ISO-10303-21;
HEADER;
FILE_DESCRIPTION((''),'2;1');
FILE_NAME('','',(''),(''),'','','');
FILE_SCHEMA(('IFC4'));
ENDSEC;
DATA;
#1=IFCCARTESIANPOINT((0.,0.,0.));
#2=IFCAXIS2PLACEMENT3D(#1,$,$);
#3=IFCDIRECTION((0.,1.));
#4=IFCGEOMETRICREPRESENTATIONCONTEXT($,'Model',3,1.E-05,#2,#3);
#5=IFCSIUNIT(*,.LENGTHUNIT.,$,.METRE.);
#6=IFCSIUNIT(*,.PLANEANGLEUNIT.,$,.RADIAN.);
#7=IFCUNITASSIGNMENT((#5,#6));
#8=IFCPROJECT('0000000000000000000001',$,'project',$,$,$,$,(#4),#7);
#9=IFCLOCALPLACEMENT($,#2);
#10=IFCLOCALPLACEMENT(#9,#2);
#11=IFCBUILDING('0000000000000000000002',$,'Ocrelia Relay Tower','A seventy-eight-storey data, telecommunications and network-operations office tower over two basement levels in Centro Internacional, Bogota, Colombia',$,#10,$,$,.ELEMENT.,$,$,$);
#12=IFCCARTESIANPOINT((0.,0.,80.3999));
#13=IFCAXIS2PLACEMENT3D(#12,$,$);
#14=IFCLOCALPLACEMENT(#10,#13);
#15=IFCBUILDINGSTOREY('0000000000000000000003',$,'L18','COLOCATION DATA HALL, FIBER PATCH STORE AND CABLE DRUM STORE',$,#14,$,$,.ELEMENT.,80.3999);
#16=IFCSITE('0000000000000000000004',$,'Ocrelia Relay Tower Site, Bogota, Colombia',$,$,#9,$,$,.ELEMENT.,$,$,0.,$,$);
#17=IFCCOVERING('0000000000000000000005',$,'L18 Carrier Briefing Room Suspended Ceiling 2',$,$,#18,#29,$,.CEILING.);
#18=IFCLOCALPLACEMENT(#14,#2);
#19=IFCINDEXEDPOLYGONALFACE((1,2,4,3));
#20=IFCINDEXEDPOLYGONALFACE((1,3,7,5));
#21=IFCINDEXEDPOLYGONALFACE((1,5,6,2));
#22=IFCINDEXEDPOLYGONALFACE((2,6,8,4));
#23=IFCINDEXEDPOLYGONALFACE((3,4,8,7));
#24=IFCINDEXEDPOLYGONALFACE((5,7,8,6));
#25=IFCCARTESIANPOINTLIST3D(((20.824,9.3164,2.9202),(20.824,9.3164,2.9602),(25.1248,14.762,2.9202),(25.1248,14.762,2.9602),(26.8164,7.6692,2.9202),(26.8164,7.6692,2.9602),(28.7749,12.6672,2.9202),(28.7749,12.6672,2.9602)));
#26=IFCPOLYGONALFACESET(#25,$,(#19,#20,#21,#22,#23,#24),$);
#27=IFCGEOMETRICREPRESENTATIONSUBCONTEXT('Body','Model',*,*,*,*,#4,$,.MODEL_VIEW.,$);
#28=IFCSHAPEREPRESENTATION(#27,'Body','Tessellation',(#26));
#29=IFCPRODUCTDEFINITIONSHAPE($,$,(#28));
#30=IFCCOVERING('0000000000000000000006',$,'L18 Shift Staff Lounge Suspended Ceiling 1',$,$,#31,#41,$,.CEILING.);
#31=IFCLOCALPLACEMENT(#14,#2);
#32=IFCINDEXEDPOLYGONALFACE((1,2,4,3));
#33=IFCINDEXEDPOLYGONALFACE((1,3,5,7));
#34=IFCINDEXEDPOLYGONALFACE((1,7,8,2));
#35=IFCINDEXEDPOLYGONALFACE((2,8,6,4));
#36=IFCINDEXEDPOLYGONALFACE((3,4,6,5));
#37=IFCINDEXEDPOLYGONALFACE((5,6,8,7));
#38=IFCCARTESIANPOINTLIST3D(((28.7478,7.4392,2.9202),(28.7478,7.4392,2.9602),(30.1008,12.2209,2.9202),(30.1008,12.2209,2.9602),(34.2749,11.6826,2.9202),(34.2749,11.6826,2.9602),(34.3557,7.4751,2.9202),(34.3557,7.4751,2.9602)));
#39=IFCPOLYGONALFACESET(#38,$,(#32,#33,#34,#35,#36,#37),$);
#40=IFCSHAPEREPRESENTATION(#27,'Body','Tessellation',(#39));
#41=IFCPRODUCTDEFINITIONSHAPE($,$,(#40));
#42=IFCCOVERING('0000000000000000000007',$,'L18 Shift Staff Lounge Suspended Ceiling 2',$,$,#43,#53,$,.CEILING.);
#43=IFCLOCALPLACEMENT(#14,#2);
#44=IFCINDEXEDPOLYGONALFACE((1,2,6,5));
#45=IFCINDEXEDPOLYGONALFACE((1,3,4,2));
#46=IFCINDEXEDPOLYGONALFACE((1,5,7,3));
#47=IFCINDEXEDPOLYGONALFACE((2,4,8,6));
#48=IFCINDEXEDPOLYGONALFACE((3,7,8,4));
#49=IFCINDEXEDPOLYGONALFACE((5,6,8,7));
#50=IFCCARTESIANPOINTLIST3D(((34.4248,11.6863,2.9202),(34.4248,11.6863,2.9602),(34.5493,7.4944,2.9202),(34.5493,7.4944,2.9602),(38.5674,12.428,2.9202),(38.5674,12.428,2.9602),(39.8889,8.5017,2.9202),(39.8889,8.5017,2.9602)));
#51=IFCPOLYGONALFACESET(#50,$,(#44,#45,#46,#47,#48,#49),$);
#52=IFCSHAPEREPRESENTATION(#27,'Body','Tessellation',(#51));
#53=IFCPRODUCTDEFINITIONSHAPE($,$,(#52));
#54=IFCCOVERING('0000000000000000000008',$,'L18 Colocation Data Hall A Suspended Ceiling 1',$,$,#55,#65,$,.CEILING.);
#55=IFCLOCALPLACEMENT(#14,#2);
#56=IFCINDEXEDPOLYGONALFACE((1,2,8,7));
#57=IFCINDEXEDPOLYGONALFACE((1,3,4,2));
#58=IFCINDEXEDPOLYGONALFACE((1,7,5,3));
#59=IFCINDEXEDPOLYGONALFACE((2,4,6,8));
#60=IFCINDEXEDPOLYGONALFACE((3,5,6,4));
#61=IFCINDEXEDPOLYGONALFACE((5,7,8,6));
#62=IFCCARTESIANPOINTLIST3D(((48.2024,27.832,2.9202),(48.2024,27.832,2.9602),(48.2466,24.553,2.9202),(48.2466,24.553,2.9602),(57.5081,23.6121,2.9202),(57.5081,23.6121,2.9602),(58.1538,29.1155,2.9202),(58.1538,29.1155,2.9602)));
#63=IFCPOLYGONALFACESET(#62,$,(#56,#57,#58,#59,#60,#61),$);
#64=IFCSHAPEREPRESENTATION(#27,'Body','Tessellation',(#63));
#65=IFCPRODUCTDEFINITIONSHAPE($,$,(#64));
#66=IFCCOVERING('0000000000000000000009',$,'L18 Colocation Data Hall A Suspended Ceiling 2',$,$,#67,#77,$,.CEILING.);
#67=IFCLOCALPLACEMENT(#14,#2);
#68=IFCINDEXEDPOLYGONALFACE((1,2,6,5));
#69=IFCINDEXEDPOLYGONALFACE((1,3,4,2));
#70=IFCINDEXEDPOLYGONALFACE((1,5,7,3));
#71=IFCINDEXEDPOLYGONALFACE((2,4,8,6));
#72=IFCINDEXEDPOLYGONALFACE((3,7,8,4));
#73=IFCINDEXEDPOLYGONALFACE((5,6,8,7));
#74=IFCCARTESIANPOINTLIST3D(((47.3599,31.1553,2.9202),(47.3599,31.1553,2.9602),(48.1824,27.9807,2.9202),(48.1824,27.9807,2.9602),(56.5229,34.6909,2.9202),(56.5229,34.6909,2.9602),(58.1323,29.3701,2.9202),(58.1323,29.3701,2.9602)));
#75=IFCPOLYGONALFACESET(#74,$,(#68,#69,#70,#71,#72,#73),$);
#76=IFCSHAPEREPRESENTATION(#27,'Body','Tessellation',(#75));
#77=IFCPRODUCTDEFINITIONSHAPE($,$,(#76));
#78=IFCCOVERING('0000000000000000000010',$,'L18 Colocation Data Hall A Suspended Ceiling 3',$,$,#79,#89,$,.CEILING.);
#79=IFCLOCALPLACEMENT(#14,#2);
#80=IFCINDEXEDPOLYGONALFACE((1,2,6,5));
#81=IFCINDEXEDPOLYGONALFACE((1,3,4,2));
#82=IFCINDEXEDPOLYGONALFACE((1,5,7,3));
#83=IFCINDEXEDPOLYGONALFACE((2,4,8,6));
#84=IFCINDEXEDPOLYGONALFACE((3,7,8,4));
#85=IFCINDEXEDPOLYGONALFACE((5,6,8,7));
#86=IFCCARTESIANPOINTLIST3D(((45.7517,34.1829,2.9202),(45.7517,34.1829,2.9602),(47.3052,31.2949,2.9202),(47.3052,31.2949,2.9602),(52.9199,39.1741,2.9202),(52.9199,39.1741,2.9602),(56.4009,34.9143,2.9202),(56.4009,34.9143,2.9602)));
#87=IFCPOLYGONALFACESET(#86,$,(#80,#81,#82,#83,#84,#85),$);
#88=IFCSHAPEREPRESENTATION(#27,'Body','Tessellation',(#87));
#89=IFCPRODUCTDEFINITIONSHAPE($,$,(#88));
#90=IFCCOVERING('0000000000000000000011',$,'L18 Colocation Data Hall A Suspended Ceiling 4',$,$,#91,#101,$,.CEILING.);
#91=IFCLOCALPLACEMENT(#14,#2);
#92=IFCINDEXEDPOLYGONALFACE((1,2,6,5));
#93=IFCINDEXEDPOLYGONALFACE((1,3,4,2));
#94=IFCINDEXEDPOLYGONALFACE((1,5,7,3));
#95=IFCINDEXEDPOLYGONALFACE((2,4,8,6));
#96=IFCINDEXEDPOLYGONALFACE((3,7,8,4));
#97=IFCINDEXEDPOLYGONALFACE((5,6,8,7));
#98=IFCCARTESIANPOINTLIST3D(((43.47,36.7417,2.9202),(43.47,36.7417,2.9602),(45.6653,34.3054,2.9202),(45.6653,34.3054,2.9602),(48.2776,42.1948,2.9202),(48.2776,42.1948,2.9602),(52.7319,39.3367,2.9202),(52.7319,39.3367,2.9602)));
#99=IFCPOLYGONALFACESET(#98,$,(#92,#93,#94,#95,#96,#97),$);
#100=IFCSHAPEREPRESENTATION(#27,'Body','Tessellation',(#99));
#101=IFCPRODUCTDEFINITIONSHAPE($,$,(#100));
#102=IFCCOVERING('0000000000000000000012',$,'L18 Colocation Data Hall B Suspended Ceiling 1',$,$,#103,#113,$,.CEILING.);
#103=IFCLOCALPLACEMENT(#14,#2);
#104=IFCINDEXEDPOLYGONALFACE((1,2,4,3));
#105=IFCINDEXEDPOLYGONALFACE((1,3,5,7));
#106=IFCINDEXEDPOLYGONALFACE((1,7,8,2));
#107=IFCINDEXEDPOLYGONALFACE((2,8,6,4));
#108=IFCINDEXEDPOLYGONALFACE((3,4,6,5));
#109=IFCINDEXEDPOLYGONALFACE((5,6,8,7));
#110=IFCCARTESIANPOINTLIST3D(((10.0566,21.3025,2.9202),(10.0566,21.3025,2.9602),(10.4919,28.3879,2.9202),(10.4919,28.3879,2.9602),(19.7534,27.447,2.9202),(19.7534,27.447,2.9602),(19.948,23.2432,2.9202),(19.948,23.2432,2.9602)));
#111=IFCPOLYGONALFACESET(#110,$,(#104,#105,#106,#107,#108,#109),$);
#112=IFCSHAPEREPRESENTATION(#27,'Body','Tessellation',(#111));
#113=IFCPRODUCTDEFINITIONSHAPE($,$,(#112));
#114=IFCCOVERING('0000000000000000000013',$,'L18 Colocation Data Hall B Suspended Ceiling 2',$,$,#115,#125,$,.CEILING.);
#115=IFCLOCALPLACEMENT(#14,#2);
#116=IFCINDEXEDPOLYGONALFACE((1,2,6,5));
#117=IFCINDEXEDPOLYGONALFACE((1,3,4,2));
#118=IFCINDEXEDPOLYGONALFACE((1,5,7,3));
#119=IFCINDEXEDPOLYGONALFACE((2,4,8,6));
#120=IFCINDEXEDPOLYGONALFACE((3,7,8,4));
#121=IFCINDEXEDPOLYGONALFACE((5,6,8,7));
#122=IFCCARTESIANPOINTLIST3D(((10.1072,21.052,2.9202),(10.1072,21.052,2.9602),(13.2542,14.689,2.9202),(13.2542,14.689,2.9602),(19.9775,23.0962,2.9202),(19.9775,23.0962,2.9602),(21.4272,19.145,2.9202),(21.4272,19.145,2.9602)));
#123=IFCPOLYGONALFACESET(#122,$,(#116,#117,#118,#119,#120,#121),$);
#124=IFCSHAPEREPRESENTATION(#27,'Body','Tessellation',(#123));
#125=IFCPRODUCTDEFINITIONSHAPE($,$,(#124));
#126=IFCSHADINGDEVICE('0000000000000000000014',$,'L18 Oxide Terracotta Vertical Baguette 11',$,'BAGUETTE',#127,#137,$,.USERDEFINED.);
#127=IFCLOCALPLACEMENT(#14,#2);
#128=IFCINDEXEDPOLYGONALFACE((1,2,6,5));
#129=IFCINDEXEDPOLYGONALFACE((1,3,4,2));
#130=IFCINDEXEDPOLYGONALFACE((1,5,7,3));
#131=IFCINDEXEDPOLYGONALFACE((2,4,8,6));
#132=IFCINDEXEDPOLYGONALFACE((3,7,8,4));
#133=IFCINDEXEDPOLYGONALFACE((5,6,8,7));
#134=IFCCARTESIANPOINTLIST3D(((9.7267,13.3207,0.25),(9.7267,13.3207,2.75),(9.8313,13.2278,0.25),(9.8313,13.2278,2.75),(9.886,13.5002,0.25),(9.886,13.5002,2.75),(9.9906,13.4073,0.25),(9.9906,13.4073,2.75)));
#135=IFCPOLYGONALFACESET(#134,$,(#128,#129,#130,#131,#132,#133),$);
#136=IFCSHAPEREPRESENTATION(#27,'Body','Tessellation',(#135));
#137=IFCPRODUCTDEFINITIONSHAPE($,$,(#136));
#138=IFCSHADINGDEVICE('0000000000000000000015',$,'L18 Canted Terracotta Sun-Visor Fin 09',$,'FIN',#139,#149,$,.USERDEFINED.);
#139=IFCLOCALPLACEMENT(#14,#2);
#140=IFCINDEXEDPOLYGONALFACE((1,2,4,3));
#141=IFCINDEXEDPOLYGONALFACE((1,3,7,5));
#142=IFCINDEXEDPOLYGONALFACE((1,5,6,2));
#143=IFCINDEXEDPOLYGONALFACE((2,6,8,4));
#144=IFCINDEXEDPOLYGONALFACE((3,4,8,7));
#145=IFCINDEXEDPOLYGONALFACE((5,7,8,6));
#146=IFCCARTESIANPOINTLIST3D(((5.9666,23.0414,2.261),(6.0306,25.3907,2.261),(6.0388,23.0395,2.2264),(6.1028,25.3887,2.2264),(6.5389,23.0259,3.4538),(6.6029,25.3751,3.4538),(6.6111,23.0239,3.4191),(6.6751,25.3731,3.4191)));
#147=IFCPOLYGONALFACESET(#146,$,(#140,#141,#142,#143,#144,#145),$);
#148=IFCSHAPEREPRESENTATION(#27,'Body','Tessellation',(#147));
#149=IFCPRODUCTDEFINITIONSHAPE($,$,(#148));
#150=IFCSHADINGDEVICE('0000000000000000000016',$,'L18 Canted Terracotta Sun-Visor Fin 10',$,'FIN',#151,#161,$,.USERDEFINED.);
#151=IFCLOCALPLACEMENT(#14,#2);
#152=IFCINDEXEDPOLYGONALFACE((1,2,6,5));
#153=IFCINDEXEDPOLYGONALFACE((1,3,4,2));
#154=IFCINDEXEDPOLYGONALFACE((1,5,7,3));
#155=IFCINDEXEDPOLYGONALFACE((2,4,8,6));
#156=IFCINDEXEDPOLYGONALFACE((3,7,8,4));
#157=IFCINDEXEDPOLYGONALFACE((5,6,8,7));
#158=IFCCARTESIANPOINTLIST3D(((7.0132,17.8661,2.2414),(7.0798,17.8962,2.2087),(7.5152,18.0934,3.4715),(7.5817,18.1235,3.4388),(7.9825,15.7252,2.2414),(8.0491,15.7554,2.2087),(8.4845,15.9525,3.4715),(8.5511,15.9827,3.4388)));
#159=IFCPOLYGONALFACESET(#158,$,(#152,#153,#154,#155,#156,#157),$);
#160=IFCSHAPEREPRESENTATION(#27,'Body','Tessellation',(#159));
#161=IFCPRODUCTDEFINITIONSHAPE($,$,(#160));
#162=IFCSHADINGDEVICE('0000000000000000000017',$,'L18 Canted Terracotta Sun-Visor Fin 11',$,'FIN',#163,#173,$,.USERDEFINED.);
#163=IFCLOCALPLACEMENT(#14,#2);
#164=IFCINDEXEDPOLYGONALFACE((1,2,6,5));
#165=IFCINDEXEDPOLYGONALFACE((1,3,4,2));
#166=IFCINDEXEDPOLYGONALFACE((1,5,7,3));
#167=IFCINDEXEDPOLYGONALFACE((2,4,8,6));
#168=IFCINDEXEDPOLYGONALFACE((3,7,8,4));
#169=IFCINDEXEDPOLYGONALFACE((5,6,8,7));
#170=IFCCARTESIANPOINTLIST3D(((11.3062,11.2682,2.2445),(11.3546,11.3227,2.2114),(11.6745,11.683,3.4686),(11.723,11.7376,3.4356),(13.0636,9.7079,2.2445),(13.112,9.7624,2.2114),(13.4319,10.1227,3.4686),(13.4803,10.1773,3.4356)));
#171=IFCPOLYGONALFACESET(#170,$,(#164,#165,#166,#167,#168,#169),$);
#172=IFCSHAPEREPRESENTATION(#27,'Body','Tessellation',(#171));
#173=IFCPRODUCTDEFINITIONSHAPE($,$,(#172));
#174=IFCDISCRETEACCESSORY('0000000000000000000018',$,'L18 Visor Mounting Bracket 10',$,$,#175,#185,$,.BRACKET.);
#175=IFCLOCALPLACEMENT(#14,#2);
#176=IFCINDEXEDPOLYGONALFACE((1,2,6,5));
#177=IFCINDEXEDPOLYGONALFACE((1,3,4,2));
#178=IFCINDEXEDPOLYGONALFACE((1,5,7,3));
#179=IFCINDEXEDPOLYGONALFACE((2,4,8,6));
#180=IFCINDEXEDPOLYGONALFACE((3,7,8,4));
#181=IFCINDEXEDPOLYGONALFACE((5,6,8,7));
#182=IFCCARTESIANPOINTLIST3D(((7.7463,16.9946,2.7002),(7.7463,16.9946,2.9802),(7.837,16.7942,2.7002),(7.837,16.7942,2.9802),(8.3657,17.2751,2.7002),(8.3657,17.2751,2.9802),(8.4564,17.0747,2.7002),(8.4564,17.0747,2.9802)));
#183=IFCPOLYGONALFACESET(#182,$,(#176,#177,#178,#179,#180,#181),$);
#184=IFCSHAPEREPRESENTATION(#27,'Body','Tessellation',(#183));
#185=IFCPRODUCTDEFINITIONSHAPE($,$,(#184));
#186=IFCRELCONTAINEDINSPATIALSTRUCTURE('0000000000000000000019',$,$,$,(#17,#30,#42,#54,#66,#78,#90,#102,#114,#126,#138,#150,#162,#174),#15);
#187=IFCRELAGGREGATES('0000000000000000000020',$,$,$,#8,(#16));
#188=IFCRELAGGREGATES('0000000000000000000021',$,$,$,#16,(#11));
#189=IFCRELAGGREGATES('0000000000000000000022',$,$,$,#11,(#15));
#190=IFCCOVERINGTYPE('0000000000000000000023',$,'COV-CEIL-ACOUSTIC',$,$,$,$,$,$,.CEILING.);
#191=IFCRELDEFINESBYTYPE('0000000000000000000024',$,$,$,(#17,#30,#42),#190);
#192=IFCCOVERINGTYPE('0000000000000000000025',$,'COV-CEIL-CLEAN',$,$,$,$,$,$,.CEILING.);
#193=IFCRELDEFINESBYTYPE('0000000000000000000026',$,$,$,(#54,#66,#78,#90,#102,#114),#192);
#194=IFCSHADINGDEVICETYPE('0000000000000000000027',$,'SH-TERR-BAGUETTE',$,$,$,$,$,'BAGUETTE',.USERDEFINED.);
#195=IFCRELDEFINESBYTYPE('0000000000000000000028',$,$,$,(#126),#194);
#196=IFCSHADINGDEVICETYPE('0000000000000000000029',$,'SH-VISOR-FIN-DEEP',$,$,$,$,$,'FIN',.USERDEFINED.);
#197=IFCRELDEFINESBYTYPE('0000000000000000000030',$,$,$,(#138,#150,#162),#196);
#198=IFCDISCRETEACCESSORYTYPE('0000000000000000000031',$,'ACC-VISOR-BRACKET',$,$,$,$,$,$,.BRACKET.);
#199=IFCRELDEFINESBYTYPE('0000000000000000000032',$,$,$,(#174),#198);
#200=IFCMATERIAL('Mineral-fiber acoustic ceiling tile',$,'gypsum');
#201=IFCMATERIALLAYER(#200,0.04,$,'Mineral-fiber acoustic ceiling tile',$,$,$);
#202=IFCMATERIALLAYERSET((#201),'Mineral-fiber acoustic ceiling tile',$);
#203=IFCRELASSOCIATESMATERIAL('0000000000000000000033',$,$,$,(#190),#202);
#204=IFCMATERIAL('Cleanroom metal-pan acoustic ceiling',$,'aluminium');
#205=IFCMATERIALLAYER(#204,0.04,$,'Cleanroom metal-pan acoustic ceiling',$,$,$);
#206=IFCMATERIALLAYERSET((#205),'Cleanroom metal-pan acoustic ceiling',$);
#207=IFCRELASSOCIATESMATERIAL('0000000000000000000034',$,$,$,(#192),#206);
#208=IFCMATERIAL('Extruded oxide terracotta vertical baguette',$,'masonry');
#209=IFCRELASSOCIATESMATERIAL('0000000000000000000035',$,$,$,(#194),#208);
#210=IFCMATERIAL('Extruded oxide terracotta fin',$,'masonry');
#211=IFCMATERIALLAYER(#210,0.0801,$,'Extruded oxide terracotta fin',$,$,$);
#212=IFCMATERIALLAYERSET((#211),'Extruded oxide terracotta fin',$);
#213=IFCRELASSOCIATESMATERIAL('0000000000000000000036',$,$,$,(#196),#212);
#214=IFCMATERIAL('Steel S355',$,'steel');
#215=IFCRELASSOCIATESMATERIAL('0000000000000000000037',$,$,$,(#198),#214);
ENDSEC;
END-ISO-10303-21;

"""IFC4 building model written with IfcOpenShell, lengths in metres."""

from ifc_helpers import new_model, si_unit, direction, frame, origin, origin_2d, place, context, subcontext, project, spatial, polyline, rectangle, outline, extrude, material, layer, layer_set, type_object, element, save


model = new_model("IFC4")

# Units and contexts
model_context = context("Model", 3, precision=1e-05, world=origin(), true_north=direction((0.0, 1.0)))
body_context = subcontext(model_context, "Body", "Model", "MODEL_VIEW")
ifc_project = project(units=[si_unit("LENGTHUNIT", "METRE"), si_unit("PLANEANGLEUNIT", "RADIAN")], contexts=[model_context])

# Site, building, storey
site_placement = place(None, origin())
site = spatial("IfcSite", under=ifc_project, at=site_placement, Name="Ocrelia Relay Tower Site, Bogota, Colombia", CompositionType="ELEMENT", RefElevation=0.0)
building_placement = place(site_placement, origin())
building = spatial("IfcBuilding", under=site, at=building_placement, Name="Ocrelia Relay Tower", Description="A seventy-eight-storey data, telecommunications and network-operations office tower over two basement levels in Centro Internacional, Bogota, Colombia", CompositionType="ELEMENT")
storey_placement = place(building_placement, frame((0.0, 0.0, 80.3999)))
storey = spatial("IfcBuildingStorey", under=building, at=storey_placement, Name="L18", Description="COLOCATION DATA HALL, FIBER PATCH STORE AND CABLE DRUM STORE", CompositionType="ELEMENT", Elevation=80.3999)

# Coverings
ifc_material_1 = material(Name="Mineral-fiber acoustic ceiling tile", Category="gypsum")
ifc_layer_1 = layer(ifc_material_1, 0.04, Name="Mineral-fiber acoustic ceiling tile")
ifc_layer_set_1 = layer_set([ifc_layer_1], Name="Mineral-fiber acoustic ceiling tile")
covering_type_1 = type_object("IfcCoveringType", Name="COV-CEIL-ACOUSTIC", PredefinedType="CEILING", material=ifc_layer_set_1)
covering_1_placement = place(storey_placement, frame((0.0, 0.0, 2.9202)))
element("IfcCovering", 1, at=covering_1_placement, inside=storey, type_object=covering_type_1, Name="L18 Carrier Briefing Room Suspended Ceiling 2", PredefinedType="CEILING", context=body_context, shape_type="SweptSolid", body=[
    extrude(outline(polyline([(25.1248, 14.762), (20.824, 9.3164), (26.8164, 7.6692), (28.7749, 12.6672), (25.1248, 14.762)])), origin(), (0.0, 0.0, 1.0), 0.04),
])
covering_2_placement = place(storey_placement, frame((0.0, 0.0, 2.9202)))
element("IfcCovering", 2, at=covering_2_placement, inside=storey, type_object=covering_type_1, Name="L18 Shift Staff Lounge Suspended Ceiling 1", PredefinedType="CEILING", context=body_context, shape_type="SweptSolid", body=[
    extrude(outline(polyline([(30.1008, 12.2209), (28.7478, 7.4392), (34.3557, 7.4751), (34.2749, 11.6826), (30.1008, 12.2209)])), origin(), (0.0, 0.0, 1.0), 0.04),
])
covering_3_placement = place(storey_placement, frame((0.0, 0.0, 2.9202)))
element("IfcCovering", 3, at=covering_3_placement, inside=storey, type_object=covering_type_1, Name="L18 Shift Staff Lounge Suspended Ceiling 2", PredefinedType="CEILING", context=body_context, shape_type="SweptSolid", body=[
    extrude(outline(polyline([(34.4248, 11.6863), (34.5493, 7.4944), (39.8889, 8.5017), (38.5674, 12.428), (34.4248, 11.6863)])), origin(), (0.0, 0.0, 1.0), 0.04),
])
ifc_material_2 = material(Name="Cleanroom metal-pan acoustic ceiling", Category="aluminium")
ifc_layer_2 = layer(ifc_material_2, 0.04, Name="Cleanroom metal-pan acoustic ceiling")
ifc_layer_set_2 = layer_set([ifc_layer_2], Name="Cleanroom metal-pan acoustic ceiling")
covering_type_2 = type_object("IfcCoveringType", Name="COV-CEIL-CLEAN", PredefinedType="CEILING", material=ifc_layer_set_2)
covering_4_placement = place(storey_placement, frame((0.0, 0.0, 2.9202)))
element("IfcCovering", 4, at=covering_4_placement, inside=storey, type_object=covering_type_2, Name="L18 Colocation Data Hall A Suspended Ceiling 1", PredefinedType="CEILING", context=body_context, shape_type="SweptSolid", body=[
    extrude(outline(polyline([(48.2466, 24.553), (57.5081, 23.6121), (58.1538, 29.1155), (48.2024, 27.832), (48.2466, 24.553)])), origin(), (0.0, 0.0, 1.0), 0.04),
])
covering_5_placement = place(storey_placement, frame((0.0, 0.0, 2.9202)))
element("IfcCovering", 5, at=covering_5_placement, inside=storey, type_object=covering_type_2, Name="L18 Colocation Data Hall A Suspended Ceiling 2", PredefinedType="CEILING", context=body_context, shape_type="SweptSolid", body=[
    extrude(outline(polyline([(48.1824, 27.9807), (58.1323, 29.3701), (56.5229, 34.6909), (47.3599, 31.1553), (48.1824, 27.9807)])), origin(), (0.0, 0.0, 1.0), 0.04),
])
covering_6_placement = place(storey_placement, frame((0.0, 0.0, 2.9202)))
element("IfcCovering", 6, at=covering_6_placement, inside=storey, type_object=covering_type_2, Name="L18 Colocation Data Hall A Suspended Ceiling 3", PredefinedType="CEILING", context=body_context, shape_type="SweptSolid", body=[
    extrude(outline(polyline([(47.3052, 31.2949), (56.4009, 34.9143), (52.9199, 39.1741), (45.7517, 34.1829), (47.3052, 31.2949)])), origin(), (0.0, 0.0, 1.0), 0.04),
])
covering_7_placement = place(storey_placement, frame((0.0, 0.0, 2.9202)))
element("IfcCovering", 7, at=covering_7_placement, inside=storey, type_object=covering_type_2, Name="L18 Colocation Data Hall A Suspended Ceiling 4", PredefinedType="CEILING", context=body_context, shape_type="SweptSolid", body=[
    extrude(outline(polyline([(45.6653, 34.3054), (52.7319, 39.3367), (48.2776, 42.1948), (43.47, 36.7417), (45.6653, 34.3054)])), origin(), (0.0, 0.0, 1.0), 0.04),
])
covering_8_placement = place(storey_placement, frame((0.0, 0.0, 2.9202)))
element("IfcCovering", 8, at=covering_8_placement, inside=storey, type_object=covering_type_2, Name="L18 Colocation Data Hall B Suspended Ceiling 1", PredefinedType="CEILING", context=body_context, shape_type="SweptSolid", body=[
    extrude(outline(polyline([(19.7534, 27.447), (10.4919, 28.3879), (10.0566, 21.3025), (19.948, 23.2432), (19.7534, 27.447)])), origin(), (0.0, 0.0, 1.0), 0.04),
])
covering_9_placement = place(storey_placement, frame((0.0, 0.0, 2.9202)))
element("IfcCovering", 9, at=covering_9_placement, inside=storey, type_object=covering_type_2, Name="L18 Colocation Data Hall B Suspended Ceiling 2", PredefinedType="CEILING", context=body_context, shape_type="SweptSolid", body=[
    extrude(outline(polyline([(19.9775, 23.0962), (10.1072, 21.052), (13.2542, 14.689), (21.4272, 19.145), (19.9775, 23.0962)])), origin(), (0.0, 0.0, 1.0), 0.04),
])

# Shading devices
ifc_material_3 = material(Name="Extruded oxide terracotta vertical baguette", Category="masonry")
shading_device_type_1 = type_object("IfcShadingDeviceType", Name="SH-TERR-BAGUETTE", ElementType="BAGUETTE", PredefinedType="USERDEFINED", material=ifc_material_3)
shading_device_1_placement = place(storey_placement, frame((9.8586, 13.364, 0.25), z_axis=(0.0, 0.0, 1.0), x_axis=(0.747787, -0.663938, 0.0)))
element("IfcShadingDevice", 10, at=shading_device_1_placement, inside=storey, type_object=shading_device_type_1, Name="L18 Oxide Terracotta Vertical Baguette 11", ObjectType="BAGUETTE", PredefinedType="USERDEFINED", context=body_context, shape_type="SweptSolid", body=[
    extrude(rectangle(XDim=0.1399, YDim=0.24, at=origin_2d()), origin(), (0.0, 0.0, 1.0), 2.5),
])
ifc_material_4 = material(Name="Extruded oxide terracotta fin", Category="masonry")
ifc_layer_3 = layer(ifc_material_4, 0.0801, Name="Extruded oxide terracotta fin")
ifc_layer_set_3 = layer_set([ifc_layer_3], Name="Extruded oxide terracotta fin")
shading_device_type_2 = type_object("IfcShadingDeviceType", Name="SH-VISOR-FIN-DEEP", ElementType="FIN", PredefinedType="USERDEFINED", material=ifc_layer_set_3)
shading_device_2_placement = place(storey_placement, frame((6.3569, 24.2063, 2.8228), z_axis=(-0.901197, 0.024542, 0.432715), x_axis=(-0.027222, -0.999629, 0.0)))
element("IfcShadingDevice", 11, at=shading_device_2_placement, inside=storey, type_object=shading_device_type_2, Name="L18 Canted Terracotta Sun-Visor Fin 09", ObjectType="FIN", PredefinedType="USERDEFINED", context=body_context, shape_type="SweptSolid", body=[
    extrude(rectangle(XDim=2.3501, YDim=1.323, at=origin_2d()), origin(), (0.0, 0.0, 1.0), 0.0801),
])
shading_device_3_placement = place(storey_placement, frame((7.8154, 16.9395, 2.8237), z_axis=(-0.83137, -0.376429, 0.408808), x_axis=(0.412471, -0.910971, 0.0)))
element("IfcShadingDevice", 12, at=shading_device_3_placement, inside=storey, type_object=shading_device_type_2, Name="L18 Canted Terracotta Sun-Visor Fin 10", ObjectType="FIN", PredefinedType="USERDEFINED", context=body_context, shape_type="SweptSolid", body=[
    extrude(rectangle(XDim=2.3501, YDim=1.3479, at=origin_2d()), origin(), (0.0, 0.0, 1.0), 0.0801),
])
shading_device_4_placement = place(storey_placement, frame((12.4175, 10.75, 2.8235), z_axis=(-0.604733, -0.681106, 0.412787), x_axis=(0.747787, -0.663938, 0.0)))
element("IfcShadingDevice", 13, at=shading_device_4_placement, inside=storey, type_object=shading_device_type_2, Name="L18 Canted Terracotta Sun-Visor Fin 11", ObjectType="FIN", PredefinedType="USERDEFINED", context=body_context, shape_type="SweptSolid", body=[
    extrude(rectangle(XDim=2.3501, YDim=1.344, at=origin_2d()), origin(), (0.0, 0.0, 1.0), 0.0801),
])

# Discrete accessory
ifc_material_5 = material(Name="Steel S355", Category="steel")
discrete_accessory_type = type_object("IfcDiscreteAccessoryType", Name="ACC-VISOR-BRACKET", PredefinedType="BRACKET", material=ifc_material_5)
discrete_accessory_placement = place(storey_placement, frame((8.1013, 17.0347, 2.7002), z_axis=(0.0, 0.0, 1.0), x_axis=(0.412471, -0.910971, 0.0)))
element("IfcDiscreteAccessory", 14, at=discrete_accessory_placement, inside=storey, type_object=discrete_accessory_type, Name="L18 Visor Mounting Bracket 10", PredefinedType="BRACKET", context=body_context, shape_type="SweptSolid", body=[
    extrude(rectangle(XDim=0.22, YDim=0.6799, at=origin_2d()), origin(), (0.0, 0.0, 1.0), 0.28),
])

save(model, "model.ifc")
